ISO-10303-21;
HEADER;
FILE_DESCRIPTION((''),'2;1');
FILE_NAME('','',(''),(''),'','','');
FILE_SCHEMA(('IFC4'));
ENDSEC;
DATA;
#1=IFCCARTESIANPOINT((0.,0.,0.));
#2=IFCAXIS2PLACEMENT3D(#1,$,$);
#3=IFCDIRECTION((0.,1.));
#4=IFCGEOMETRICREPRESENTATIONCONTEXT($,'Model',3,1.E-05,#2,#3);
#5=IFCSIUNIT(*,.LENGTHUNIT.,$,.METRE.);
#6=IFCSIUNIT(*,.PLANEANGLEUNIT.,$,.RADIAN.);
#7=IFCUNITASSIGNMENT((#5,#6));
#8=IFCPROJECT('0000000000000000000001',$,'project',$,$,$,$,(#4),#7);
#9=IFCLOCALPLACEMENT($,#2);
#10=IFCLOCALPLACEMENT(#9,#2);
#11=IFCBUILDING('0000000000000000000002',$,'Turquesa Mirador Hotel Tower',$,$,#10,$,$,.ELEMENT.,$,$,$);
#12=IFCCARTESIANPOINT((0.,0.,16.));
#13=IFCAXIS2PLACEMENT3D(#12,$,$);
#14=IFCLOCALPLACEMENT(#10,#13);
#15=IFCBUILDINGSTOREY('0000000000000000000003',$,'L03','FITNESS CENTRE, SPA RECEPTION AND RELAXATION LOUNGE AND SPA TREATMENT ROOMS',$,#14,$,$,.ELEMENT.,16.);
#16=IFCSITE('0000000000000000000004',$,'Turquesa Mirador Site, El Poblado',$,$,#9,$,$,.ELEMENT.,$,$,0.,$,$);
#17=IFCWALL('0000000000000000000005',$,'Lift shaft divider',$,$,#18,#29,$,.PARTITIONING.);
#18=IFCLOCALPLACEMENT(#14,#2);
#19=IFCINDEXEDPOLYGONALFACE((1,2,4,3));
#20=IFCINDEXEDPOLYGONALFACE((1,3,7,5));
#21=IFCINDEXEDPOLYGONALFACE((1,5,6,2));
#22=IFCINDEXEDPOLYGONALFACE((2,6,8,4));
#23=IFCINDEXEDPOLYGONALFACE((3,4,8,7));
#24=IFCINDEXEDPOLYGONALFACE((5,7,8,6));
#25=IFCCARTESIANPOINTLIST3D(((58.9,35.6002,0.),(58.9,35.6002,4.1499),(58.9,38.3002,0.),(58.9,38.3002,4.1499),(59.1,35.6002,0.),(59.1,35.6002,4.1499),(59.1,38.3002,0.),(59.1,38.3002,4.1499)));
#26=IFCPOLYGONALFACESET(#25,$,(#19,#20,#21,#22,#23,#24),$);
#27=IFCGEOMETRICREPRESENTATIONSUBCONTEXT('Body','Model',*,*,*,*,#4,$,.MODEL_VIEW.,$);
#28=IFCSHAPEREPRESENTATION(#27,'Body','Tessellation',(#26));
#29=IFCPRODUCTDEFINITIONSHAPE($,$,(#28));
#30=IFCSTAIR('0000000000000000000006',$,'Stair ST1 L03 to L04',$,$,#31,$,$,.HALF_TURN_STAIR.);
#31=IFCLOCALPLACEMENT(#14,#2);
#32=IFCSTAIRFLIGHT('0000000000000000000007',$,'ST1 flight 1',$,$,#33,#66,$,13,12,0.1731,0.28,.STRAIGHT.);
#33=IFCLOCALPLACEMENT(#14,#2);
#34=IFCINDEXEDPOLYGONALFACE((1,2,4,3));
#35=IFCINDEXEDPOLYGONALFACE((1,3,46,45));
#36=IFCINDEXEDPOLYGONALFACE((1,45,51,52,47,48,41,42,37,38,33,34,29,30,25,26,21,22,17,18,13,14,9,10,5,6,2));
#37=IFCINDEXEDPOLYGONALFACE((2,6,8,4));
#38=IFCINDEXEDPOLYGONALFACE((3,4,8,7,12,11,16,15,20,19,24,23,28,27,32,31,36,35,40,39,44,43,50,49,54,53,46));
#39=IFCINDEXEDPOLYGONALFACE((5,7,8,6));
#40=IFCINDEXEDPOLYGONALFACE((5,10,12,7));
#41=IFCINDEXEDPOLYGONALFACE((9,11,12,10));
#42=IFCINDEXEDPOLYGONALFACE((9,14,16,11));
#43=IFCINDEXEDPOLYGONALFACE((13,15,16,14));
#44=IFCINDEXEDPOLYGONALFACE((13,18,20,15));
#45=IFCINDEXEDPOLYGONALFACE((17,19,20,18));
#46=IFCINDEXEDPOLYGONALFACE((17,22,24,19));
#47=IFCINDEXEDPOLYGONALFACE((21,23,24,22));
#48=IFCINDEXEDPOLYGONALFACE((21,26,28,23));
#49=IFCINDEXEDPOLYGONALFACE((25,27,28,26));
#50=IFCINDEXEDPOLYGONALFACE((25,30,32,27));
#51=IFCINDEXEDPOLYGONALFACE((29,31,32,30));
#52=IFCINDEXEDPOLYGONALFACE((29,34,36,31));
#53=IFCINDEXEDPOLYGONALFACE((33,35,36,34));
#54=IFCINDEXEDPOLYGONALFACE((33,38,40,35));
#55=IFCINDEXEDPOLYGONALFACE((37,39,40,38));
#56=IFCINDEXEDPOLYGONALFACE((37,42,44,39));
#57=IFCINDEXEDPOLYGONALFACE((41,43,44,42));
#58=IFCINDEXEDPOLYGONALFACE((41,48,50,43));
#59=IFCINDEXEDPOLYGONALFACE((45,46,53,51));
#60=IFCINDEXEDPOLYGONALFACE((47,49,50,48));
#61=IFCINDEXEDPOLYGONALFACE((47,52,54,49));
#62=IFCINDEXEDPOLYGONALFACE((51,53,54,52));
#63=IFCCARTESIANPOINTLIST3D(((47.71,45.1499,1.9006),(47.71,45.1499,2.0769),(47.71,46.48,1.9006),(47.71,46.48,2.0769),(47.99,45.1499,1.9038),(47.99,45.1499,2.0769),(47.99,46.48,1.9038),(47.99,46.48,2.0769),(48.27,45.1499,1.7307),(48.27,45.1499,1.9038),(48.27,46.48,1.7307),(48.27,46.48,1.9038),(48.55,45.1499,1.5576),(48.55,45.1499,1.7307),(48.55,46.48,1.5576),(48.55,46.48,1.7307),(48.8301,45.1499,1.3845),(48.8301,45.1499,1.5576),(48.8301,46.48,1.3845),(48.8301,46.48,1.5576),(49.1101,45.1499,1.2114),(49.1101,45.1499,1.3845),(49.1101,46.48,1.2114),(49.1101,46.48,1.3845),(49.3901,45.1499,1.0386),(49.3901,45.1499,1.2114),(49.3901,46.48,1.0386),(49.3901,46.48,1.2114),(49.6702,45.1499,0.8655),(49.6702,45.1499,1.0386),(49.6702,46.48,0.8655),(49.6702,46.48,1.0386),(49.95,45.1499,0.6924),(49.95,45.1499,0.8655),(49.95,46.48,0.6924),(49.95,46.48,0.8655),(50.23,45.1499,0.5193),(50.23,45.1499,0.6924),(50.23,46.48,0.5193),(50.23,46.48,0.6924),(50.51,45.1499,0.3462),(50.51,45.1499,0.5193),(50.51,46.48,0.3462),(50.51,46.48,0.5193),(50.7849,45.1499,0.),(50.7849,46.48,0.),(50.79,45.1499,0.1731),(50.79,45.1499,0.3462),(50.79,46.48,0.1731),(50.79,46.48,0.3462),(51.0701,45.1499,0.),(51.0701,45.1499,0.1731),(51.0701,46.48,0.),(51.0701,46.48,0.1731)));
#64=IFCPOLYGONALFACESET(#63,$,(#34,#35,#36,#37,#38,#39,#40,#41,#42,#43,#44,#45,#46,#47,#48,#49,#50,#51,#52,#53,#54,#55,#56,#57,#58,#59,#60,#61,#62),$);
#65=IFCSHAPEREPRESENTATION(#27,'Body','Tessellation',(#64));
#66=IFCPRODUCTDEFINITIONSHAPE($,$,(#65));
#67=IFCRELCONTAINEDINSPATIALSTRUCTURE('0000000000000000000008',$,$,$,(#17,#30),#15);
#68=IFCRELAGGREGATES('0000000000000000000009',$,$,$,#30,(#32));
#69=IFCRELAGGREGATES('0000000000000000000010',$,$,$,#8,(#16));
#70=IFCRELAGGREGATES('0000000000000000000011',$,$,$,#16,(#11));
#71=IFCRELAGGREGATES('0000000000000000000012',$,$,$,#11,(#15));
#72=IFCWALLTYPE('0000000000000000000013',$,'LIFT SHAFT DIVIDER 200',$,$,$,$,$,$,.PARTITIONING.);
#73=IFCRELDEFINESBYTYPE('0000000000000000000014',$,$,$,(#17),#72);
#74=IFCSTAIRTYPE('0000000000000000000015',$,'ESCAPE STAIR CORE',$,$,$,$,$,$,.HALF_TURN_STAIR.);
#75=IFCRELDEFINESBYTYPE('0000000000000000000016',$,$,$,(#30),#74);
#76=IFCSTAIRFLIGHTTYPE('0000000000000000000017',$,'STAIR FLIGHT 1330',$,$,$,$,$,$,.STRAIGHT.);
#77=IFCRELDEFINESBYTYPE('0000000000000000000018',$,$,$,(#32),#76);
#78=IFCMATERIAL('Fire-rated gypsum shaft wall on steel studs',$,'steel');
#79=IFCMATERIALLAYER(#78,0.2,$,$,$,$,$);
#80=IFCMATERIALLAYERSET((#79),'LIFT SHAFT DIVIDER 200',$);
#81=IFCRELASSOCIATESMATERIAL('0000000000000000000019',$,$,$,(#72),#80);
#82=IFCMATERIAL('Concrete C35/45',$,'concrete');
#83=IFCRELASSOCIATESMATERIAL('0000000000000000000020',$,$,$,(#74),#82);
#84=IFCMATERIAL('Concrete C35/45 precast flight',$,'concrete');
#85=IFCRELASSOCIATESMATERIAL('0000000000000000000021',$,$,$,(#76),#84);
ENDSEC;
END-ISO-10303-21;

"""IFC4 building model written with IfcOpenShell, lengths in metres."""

from ifc_helpers import new_model, si_unit, direction, frame, frame_2d, origin, place, context, subcontext, project, spatial, polyline, rectangle, outline, extrude, material, layer, layer_set, type_object, element, aggregate, save


model = new_model("IFC4")

# Units and contexts
model_context = context("Model", 3, precision=1e-05, world=origin(), true_north=direction((0.0, 1.0)))
body_context = subcontext(model_context, "Body", "Model", "MODEL_VIEW")
ifc_project = project(units=[si_unit("LENGTHUNIT", "METRE"), si_unit("PLANEANGLEUNIT", "RADIAN")], contexts=[model_context])

# Site, building, storey
site_placement = place(None, origin())
site = spatial("IfcSite", under=ifc_project, at=site_placement, Name="Turquesa Mirador Site, El Poblado", CompositionType="ELEMENT", RefElevation=0.0)
building_placement = place(site_placement, origin())
building = spatial("IfcBuilding", under=site, at=building_placement, Name="Turquesa Mirador Hotel Tower", CompositionType="ELEMENT")
storey_placement = place(building_placement, frame((0.0, 0.0, 16.0)))
storey = spatial("IfcBuildingStorey", under=building, at=storey_placement, Name="L03", Description="FITNESS CENTRE, SPA RECEPTION AND RELAXATION LOUNGE AND SPA TREATMENT ROOMS", CompositionType="ELEMENT", Elevation=16.0)

# Wall
ifc_material_1 = material(Name="Fire-rated gypsum shaft wall on steel studs", Category="steel")
ifc_layer_1 = layer(ifc_material_1, 0.2)
ifc_layer_set_1 = layer_set([ifc_layer_1], Name="LIFT SHAFT DIVIDER 200")
wall_type_1 = type_object("IfcWallType", Name="LIFT SHAFT DIVIDER 200", PredefinedType="PARTITIONING", material=ifc_layer_set_1)
for number, where, z_axis, x_axis, name in (
    (1, (59.0, 35.6001, 0.0), (0.0, 0.0, 1.0), (0.0, 1.0, 0.0), "Lift shaft divider"),
):
    element("IfcWall", number, at=place(storey_placement, frame(where, z_axis=z_axis, x_axis=x_axis)), inside=storey, type_object=wall_type_1, Name=name, PredefinedType="PARTITIONING", context=body_context, shape_type="SweptSolid", body=[
        extrude(rectangle(XDim=2.7, YDim=0.2, at=frame_2d((1.3501, 0.0))), origin(), (0.0, 0.0, 1.0), 4.1499),
    ])

# Stair, stair flight
ifc_material_2 = material(Name="Concrete C35/45", Category="concrete")
stair_type = type_object("IfcStairType", Name="ESCAPE STAIR CORE", PredefinedType="HALF_TURN_STAIR", material=ifc_material_2)
stair_placement = place(storey_placement, origin())
stair = element("IfcStair", 2, at=stair_placement, inside=storey, type_object=stair_type, Name="Stair ST1 L03 to L04", PredefinedType="HALF_TURN_STAIR")
ifc_material_3 = material(Name="Concrete C35/45 precast flight", Category="concrete")
stair_flight_type = type_object("IfcStairFlightType", Name="STAIR FLIGHT 1330", PredefinedType="STRAIGHT", material=ifc_material_3)
stair_flight_placement = place(storey_placement, frame((51.0701, 45.8149, 0.0), z_axis=(0.0, 0.0, 1.0), x_axis=(-1.0, 0.0, 0.0)))
stair_flight = element("IfcStairFlight", 3, at=stair_flight_placement, type_object=stair_flight_type, Name="ST1 flight 1", NumberOfRisers=13, NumberOfTreads=12, PredefinedType="STRAIGHT", RiserHeight=0.1731, TreadLength=0.28, context=body_context, shape_type="SweptSolid", body=[
    extrude(outline(polyline([(0.0, 0.0), (0.0, 0.1731), (0.28, 0.1731), (0.28, 0.3462), (0.5601, 0.3462), (0.5601, 0.5193), (0.8401, 0.5193), (0.8401, 0.6924), (1.1201, 0.6924), (1.1201, 0.8655), (1.3999, 0.8655), (1.3999, 1.0386), (1.6799, 1.0386), (1.6799, 1.2114), (1.96, 1.2114), (1.96, 1.3845), (2.24, 1.3845), (2.24, 1.5576), (2.52, 1.5576), (2.52, 1.7307), (2.8, 1.7307), (2.8, 1.9038), (3.0801, 1.9038), (3.0801, 2.0769), (3.3601, 2.0769), (3.3601, 2.25), (3.3601, 1.9006), (0.2852, 0.0), (0.0, 0.0)])), frame((0.0, 0.665, 0.0), z_axis=(0.0, -1.0, 0.0), x_axis=(1.0, 0.0, 0.0)), (0.0, 0.0, 1.0), 1.3301),
])
aggregate(stair, [stair_flight])

save(model, "model.ifc")
